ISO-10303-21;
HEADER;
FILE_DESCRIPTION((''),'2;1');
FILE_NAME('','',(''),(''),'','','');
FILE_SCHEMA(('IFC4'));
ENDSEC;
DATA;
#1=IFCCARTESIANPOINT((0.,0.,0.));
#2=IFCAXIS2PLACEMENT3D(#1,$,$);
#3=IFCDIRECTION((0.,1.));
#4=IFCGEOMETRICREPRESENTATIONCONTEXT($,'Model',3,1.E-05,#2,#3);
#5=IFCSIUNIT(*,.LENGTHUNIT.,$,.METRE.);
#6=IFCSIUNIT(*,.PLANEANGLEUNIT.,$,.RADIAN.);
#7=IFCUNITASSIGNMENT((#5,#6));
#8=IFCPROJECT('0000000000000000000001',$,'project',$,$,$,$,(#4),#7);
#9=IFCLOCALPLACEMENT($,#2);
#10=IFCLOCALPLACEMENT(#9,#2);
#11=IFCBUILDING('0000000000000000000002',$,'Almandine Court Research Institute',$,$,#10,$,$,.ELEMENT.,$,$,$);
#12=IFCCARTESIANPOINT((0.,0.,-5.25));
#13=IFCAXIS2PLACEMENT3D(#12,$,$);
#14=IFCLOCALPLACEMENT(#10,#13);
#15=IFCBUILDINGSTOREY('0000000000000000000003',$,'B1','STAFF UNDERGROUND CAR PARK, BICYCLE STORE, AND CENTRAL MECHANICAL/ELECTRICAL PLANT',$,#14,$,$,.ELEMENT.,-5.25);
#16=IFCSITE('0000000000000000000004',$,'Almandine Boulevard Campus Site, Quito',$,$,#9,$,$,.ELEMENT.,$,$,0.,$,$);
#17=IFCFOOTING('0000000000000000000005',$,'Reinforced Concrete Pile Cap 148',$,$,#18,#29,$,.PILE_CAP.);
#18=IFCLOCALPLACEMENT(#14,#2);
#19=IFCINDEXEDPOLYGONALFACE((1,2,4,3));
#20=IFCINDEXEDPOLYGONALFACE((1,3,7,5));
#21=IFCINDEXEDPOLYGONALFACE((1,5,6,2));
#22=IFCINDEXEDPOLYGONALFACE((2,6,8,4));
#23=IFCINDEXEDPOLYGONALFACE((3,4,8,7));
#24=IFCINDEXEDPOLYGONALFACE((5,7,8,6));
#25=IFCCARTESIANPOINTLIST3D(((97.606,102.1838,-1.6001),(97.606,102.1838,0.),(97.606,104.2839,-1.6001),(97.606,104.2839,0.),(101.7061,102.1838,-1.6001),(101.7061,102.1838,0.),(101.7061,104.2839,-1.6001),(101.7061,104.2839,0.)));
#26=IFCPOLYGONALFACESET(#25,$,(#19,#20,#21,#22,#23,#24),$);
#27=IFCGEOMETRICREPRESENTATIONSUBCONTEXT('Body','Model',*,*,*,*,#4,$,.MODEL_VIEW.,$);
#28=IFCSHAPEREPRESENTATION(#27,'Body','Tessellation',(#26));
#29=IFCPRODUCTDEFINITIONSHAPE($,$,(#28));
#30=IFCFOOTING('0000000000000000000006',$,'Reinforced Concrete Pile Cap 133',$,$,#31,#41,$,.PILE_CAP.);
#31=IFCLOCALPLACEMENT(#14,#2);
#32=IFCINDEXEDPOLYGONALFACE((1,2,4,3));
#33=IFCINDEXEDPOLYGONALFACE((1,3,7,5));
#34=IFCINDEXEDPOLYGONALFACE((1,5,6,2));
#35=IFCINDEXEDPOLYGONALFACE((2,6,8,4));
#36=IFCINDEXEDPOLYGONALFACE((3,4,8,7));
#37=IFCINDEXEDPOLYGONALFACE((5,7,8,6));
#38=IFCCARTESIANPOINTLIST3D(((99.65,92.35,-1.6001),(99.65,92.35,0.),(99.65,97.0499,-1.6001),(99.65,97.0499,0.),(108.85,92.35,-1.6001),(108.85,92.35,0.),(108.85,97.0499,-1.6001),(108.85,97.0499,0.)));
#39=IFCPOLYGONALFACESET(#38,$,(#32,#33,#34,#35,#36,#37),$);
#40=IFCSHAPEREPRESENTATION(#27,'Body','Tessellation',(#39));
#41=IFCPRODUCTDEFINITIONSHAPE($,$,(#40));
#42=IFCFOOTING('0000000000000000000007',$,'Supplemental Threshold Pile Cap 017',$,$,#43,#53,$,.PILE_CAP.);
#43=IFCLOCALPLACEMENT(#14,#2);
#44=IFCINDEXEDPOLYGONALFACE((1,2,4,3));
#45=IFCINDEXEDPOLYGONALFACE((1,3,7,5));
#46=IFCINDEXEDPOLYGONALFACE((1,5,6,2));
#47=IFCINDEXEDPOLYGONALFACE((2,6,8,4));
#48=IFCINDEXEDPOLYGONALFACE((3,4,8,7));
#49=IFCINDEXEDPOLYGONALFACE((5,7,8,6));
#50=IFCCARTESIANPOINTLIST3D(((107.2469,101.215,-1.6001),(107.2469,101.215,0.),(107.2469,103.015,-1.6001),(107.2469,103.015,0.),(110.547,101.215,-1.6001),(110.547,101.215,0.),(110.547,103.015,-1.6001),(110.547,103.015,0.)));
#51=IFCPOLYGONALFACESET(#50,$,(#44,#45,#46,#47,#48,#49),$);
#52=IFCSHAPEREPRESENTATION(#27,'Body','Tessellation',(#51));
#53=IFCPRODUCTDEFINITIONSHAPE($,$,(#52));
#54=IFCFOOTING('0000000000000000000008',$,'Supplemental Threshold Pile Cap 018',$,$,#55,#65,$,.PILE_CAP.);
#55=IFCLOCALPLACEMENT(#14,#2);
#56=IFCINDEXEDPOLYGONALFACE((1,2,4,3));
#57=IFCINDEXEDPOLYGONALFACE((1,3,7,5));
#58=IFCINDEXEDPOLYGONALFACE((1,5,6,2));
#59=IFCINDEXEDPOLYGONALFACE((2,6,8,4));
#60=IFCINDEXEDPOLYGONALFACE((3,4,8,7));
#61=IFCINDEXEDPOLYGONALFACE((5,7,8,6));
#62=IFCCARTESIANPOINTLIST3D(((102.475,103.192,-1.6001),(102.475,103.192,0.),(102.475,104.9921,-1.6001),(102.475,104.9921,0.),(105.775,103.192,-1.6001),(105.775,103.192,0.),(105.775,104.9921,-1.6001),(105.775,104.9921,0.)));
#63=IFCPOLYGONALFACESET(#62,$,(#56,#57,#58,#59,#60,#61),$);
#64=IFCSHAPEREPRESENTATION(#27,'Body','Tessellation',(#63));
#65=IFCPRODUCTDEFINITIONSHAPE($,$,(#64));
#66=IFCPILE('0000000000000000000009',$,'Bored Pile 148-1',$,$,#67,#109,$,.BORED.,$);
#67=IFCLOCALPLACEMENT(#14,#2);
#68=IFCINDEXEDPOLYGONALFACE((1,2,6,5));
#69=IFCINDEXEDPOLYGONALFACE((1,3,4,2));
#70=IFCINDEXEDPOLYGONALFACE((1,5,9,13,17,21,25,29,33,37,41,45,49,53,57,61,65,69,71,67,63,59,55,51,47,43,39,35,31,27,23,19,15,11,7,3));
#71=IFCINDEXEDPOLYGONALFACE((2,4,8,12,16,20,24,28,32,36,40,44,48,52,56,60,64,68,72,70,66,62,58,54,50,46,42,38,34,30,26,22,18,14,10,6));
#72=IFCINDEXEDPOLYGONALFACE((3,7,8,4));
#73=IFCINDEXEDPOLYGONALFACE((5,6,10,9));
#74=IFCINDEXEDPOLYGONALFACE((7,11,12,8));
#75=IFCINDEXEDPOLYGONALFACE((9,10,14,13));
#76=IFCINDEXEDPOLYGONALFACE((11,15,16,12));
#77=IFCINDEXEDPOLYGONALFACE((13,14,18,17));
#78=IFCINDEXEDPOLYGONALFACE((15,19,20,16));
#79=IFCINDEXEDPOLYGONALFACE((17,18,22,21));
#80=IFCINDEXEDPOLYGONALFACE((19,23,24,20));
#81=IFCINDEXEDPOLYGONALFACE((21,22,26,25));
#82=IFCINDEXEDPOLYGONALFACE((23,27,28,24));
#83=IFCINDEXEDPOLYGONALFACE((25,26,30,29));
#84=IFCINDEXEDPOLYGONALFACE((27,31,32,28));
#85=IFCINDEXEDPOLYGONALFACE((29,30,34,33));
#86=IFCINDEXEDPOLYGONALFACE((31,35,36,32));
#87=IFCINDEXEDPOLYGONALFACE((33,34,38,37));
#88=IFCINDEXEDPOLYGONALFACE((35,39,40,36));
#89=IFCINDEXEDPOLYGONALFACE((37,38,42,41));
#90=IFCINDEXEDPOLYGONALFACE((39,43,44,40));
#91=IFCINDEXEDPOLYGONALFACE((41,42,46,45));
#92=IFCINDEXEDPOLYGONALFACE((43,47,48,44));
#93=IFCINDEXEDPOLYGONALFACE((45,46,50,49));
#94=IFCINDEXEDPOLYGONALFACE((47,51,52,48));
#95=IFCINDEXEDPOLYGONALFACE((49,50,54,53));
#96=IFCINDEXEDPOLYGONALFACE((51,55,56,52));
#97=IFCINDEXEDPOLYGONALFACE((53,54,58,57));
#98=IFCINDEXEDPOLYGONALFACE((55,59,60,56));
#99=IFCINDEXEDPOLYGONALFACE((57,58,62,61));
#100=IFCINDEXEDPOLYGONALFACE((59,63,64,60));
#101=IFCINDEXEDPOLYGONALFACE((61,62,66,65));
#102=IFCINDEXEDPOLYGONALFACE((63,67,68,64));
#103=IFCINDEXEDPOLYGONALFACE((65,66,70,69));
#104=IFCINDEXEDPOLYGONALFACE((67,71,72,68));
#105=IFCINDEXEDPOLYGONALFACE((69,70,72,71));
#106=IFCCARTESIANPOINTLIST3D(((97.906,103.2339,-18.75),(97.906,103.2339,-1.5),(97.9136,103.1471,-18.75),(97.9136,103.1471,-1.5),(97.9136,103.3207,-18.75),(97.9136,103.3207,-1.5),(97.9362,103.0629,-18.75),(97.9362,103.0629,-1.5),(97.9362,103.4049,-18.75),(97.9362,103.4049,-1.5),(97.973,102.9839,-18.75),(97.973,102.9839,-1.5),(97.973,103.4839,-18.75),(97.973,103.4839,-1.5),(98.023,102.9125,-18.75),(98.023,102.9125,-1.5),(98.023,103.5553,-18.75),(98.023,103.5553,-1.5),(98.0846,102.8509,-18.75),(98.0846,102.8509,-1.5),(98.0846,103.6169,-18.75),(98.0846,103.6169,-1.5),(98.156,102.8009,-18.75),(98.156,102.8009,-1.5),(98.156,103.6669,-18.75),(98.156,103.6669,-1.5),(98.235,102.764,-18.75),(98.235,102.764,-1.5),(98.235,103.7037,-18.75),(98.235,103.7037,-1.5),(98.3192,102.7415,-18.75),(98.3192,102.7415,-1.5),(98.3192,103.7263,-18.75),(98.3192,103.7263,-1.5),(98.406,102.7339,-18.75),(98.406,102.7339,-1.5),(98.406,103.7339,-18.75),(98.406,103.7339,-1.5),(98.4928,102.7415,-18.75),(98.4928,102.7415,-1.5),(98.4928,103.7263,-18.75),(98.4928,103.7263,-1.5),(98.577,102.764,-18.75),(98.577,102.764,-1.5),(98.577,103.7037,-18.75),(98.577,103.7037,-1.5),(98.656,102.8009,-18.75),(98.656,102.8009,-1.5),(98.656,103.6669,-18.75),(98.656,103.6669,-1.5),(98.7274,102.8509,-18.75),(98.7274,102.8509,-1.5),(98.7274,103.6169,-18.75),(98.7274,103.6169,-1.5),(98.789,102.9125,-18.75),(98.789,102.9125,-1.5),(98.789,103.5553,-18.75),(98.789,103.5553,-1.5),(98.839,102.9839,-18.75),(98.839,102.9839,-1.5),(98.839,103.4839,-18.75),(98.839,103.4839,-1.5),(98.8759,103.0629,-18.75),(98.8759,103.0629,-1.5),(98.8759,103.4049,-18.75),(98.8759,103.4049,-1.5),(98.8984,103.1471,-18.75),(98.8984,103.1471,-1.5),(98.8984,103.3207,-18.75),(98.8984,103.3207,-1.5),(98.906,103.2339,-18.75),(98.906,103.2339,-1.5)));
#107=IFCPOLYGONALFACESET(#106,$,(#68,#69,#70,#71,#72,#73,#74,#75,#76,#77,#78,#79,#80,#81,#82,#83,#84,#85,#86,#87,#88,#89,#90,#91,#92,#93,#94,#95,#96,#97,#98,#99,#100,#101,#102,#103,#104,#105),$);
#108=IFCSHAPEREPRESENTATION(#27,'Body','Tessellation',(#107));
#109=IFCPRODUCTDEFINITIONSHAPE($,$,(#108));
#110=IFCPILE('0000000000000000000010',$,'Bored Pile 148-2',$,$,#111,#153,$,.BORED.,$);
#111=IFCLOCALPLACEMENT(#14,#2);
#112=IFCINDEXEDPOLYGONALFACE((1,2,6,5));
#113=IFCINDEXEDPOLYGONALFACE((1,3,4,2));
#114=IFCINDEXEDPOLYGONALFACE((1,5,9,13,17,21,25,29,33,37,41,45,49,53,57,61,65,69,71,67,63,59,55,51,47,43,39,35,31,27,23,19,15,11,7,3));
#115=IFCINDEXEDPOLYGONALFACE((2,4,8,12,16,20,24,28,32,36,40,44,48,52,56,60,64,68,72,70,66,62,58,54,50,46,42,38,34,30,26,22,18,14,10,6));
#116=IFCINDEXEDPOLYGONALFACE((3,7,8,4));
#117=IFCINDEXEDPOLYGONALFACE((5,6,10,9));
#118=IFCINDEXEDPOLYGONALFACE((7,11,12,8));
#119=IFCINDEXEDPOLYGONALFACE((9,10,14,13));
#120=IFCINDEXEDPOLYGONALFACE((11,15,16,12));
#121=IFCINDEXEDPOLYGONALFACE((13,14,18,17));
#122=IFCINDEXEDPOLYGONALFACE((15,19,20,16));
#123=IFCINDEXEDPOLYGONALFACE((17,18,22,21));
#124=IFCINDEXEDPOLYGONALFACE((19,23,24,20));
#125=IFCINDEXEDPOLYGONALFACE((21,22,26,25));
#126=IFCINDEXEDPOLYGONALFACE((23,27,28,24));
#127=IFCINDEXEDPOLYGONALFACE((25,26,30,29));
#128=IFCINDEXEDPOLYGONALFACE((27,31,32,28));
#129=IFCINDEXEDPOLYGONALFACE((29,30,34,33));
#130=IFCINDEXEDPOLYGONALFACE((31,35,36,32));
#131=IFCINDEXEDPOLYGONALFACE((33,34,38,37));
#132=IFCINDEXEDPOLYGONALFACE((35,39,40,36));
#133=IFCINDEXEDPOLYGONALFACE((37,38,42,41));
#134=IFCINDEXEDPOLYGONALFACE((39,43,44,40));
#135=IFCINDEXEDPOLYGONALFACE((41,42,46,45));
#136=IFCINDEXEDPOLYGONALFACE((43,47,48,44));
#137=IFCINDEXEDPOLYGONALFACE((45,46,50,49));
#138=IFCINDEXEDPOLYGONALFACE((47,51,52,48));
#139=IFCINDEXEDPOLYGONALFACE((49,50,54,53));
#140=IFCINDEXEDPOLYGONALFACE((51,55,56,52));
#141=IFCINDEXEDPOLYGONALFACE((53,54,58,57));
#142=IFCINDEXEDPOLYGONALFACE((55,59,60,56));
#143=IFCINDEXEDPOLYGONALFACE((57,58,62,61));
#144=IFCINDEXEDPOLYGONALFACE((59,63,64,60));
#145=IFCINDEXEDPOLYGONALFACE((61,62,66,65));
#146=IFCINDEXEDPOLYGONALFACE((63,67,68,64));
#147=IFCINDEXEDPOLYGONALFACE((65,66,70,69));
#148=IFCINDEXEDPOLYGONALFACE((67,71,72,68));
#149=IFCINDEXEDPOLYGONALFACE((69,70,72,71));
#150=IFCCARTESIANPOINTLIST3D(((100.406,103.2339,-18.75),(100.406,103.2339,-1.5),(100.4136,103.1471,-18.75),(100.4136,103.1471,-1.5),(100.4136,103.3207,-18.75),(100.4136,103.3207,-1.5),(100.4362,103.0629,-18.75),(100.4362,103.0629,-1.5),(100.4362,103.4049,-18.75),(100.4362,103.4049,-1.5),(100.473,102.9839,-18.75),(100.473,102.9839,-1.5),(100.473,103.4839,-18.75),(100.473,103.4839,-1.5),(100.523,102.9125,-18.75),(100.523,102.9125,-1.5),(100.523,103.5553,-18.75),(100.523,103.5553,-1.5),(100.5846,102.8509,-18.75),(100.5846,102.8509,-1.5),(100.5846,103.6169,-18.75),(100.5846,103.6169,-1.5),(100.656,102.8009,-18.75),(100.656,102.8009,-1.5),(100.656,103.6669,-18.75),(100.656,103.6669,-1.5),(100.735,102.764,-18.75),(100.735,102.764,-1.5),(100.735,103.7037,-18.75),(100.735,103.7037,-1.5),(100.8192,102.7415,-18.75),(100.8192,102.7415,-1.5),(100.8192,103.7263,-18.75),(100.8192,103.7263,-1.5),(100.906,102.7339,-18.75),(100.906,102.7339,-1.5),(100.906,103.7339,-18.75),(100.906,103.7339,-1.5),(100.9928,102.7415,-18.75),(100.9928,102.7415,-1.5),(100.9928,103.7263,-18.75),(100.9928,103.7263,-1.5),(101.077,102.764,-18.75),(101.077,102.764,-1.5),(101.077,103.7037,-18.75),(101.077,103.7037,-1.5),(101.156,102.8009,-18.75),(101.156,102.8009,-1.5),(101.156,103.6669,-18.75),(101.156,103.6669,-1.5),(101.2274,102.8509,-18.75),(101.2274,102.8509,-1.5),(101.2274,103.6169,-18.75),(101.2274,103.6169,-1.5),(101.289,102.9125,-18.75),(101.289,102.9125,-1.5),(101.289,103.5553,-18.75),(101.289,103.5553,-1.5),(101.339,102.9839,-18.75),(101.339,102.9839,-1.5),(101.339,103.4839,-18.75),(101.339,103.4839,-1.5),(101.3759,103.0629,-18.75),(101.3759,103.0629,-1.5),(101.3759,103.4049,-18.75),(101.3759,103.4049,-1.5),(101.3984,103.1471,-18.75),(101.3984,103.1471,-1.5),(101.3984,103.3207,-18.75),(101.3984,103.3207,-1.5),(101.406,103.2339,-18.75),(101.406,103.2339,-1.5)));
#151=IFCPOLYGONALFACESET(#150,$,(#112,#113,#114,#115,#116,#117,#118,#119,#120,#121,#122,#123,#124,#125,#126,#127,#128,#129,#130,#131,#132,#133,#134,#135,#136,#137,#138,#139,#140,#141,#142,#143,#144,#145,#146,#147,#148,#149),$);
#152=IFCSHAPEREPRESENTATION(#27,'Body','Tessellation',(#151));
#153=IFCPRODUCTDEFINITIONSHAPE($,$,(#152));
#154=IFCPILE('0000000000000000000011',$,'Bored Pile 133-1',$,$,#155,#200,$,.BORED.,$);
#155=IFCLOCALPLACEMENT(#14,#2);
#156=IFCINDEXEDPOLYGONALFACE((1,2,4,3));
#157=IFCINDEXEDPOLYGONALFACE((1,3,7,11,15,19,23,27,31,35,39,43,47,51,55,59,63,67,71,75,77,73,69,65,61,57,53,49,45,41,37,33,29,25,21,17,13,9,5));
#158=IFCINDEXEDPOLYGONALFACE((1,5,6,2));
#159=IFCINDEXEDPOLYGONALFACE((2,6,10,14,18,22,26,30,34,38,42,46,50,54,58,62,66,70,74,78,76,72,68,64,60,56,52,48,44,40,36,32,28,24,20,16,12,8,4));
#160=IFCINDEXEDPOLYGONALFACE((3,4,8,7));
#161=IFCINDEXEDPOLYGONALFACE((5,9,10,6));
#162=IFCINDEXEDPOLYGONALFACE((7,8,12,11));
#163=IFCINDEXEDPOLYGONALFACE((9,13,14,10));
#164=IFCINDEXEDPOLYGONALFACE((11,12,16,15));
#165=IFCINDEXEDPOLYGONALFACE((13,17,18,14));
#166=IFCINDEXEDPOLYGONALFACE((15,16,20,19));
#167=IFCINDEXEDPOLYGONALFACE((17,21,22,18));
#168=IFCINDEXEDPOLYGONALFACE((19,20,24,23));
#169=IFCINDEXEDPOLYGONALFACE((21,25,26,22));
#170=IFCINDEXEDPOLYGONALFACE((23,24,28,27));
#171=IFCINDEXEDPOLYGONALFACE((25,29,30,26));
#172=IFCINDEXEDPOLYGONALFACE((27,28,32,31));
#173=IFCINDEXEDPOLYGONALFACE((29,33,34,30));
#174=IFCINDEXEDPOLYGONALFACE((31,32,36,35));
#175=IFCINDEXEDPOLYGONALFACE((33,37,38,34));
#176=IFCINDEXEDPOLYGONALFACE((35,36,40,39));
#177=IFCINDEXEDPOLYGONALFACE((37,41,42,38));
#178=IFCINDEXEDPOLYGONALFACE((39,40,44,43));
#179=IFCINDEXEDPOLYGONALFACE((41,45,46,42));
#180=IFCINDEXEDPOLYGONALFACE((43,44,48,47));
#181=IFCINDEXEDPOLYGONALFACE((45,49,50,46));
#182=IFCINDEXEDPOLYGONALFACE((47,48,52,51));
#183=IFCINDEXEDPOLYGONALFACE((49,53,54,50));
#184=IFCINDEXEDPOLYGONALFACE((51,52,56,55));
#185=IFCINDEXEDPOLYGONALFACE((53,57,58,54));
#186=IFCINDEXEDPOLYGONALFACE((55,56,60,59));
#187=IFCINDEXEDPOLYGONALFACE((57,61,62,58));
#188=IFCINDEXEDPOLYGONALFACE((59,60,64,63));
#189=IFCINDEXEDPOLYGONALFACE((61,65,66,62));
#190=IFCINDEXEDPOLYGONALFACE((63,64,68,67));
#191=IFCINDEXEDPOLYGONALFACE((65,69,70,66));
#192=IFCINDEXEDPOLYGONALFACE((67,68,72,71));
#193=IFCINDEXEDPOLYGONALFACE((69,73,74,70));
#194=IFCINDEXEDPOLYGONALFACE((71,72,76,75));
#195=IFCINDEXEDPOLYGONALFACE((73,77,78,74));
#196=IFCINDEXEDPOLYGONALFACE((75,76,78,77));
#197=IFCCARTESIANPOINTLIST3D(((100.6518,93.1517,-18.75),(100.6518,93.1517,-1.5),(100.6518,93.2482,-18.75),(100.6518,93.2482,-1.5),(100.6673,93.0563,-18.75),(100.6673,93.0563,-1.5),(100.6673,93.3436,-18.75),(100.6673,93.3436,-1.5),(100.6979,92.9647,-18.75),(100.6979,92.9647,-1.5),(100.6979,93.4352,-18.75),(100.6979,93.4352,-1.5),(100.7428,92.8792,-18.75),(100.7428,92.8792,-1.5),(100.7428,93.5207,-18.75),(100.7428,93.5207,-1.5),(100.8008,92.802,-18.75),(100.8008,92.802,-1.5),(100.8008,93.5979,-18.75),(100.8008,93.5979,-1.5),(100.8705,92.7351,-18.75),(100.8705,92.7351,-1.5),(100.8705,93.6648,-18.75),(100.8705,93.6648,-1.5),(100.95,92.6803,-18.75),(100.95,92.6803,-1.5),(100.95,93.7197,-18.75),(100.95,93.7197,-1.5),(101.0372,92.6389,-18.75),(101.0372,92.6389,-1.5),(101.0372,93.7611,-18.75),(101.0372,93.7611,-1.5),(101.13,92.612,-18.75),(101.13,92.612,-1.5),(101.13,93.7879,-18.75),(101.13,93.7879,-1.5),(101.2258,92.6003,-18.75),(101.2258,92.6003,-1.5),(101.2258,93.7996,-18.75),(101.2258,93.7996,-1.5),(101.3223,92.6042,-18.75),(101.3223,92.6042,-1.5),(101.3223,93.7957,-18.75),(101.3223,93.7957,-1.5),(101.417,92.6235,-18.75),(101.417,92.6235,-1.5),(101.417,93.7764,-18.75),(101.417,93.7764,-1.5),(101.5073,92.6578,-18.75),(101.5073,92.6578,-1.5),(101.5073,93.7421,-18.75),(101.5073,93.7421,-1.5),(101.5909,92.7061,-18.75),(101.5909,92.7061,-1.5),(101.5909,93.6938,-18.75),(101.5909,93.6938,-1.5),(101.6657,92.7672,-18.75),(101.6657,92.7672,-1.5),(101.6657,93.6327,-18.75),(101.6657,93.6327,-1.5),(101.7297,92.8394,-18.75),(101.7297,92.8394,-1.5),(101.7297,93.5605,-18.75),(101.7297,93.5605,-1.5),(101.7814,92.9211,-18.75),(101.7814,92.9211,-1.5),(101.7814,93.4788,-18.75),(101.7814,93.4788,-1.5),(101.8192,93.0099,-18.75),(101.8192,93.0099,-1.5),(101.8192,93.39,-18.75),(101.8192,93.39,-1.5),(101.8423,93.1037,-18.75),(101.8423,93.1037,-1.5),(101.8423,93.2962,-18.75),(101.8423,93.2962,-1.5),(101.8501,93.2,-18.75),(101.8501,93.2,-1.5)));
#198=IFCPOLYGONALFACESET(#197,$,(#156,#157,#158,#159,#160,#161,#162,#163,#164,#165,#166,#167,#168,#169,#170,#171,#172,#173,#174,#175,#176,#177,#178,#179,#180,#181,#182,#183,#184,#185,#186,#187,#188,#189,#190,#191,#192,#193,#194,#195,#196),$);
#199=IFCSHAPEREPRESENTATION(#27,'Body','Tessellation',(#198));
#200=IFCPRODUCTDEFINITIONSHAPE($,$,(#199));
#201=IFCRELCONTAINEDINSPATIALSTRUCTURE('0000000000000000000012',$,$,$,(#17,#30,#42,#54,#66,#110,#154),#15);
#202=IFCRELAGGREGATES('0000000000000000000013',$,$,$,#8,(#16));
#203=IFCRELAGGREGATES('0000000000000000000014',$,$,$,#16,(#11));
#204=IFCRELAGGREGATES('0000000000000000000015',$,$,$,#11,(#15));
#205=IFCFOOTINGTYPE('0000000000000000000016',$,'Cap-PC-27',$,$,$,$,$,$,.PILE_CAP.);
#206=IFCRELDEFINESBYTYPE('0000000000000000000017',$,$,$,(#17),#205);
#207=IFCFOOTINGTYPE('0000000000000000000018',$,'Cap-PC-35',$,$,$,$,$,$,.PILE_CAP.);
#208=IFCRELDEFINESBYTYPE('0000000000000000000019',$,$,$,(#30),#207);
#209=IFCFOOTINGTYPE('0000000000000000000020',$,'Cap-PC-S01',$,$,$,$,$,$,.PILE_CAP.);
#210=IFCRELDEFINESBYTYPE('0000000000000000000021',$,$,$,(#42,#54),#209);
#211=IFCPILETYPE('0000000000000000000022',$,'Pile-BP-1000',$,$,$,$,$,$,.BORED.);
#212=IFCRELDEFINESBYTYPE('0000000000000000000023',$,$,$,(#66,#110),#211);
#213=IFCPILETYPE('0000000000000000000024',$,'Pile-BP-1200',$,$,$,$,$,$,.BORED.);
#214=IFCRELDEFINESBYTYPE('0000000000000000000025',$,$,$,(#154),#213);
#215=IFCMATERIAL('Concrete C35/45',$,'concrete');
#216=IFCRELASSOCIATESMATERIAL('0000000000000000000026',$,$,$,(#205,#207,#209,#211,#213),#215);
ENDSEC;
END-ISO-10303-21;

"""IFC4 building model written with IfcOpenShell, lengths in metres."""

from ifc_helpers import new_model, si_unit, direction, frame, origin, origin_2d, place, context, subcontext, project, spatial, rectangle, circle, extrude, material, material_profile, profile_set, type_object, element, save


model = new_model("IFC4")

# Units and contexts
model_context = context("Model", 3, precision=1e-05, world=origin(), true_north=direction((0.0, 1.0)))
body_context = subcontext(model_context, "Body", "Model", "MODEL_VIEW")
ifc_project = project(units=[si_unit("LENGTHUNIT", "METRE"), si_unit("PLANEANGLEUNIT", "RADIAN")], contexts=[model_context])

# Site, building, storey
site_placement = place(None, origin())
site = spatial("IfcSite", under=ifc_project, at=site_placement, Name="Almandine Boulevard Campus Site, Quito", CompositionType="ELEMENT", RefElevation=0.0)
building_placement = place(site_placement, origin())
building = spatial("IfcBuilding", under=site, at=building_placement, Name="Almandine Court Research Institute", CompositionType="ELEMENT")
storey_placement = place(building_placement, frame((0.0, 0.0, -5.25)))
storey = spatial("IfcBuildingStorey", under=building, at=storey_placement, Name="B1", Description="STAFF UNDERGROUND CAR PARK, BICYCLE STORE, AND CENTRAL MECHANICAL/ELECTRICAL PLANT", CompositionType="ELEMENT", Elevation=-5.25)

# Footings
ifc_material_1 = material(Name="Concrete C35/45", Category="concrete")
footing_type_1 = type_object("IfcFootingType", Name="Cap-PC-27", PredefinedType="PILE_CAP", material=ifc_material_1)
footing_1_placement = place(storey_placement, frame((99.656, 103.2339, -1.6001), z_axis=(0.0, 0.0, 1.0), x_axis=(1.0, 0.0, 0.0)))
element("IfcFooting", 1, at=footing_1_placement, inside=storey, type_object=footing_type_1, Name="Reinforced Concrete Pile Cap 148", PredefinedType="PILE_CAP", context=body_context, shape_type="SweptSolid", body=[
    extrude(rectangle(XDim=4.1001, YDim=2.1001, at=origin_2d()), origin(), (0.0, 0.0, 1.0), 1.6001),
])
footing_type_2 = type_object("IfcFootingType", Name="Cap-PC-35", PredefinedType="PILE_CAP", material=ifc_material_1)
footing_2_placement = place(storey_placement, frame((104.25, 94.7, -1.6001), z_axis=(0.0, 0.0, 1.0), x_axis=(1.0, 0.0, 0.0)))
element("IfcFooting", 2, at=footing_2_placement, inside=storey, type_object=footing_type_2, Name="Reinforced Concrete Pile Cap 133", PredefinedType="PILE_CAP", context=body_context, shape_type="SweptSolid", body=[
    extrude(rectangle(XDim=9.2, YDim=4.7, at=origin_2d()), origin(), (0.0, 0.0, 1.0), 1.6001),
])
footing_type_3 = type_object("IfcFootingType", Name="Cap-PC-S01", PredefinedType="PILE_CAP", material=ifc_material_1)
for number, where, z_axis, x_axis, name in (
    (3, (108.897, 102.115, -1.6001), (0.0, 0.0, 1.0), (1.0, 0.0, 0.0), "Supplemental Threshold Pile Cap 017"),
    (4, (104.125, 104.092, -1.6001), (0.0, 0.0, 1.0), (1.0, 0.0, 0.0), "Supplemental Threshold Pile Cap 018"),
):
    element("IfcFooting", number, at=place(storey_placement, frame(where, z_axis=z_axis, x_axis=x_axis)), inside=storey, type_object=footing_type_3, Name=name, PredefinedType="PILE_CAP", context=body_context, shape_type="SweptSolid", body=[
        extrude(rectangle(XDim=3.3, YDim=1.8, at=origin_2d()), origin(), (0.0, 0.0, 1.0), 1.6001),
    ])

# Piles
ifc_material_profile_1 = material_profile(ifc_material_1, circle(Radius=0.5, at=origin_2d()), Name="BORED PILE D1000")
ifc_profile_set_1 = profile_set([ifc_material_profile_1], Name="Concrete C35/45")
pile_type_1 = type_object("IfcPileType", Name="Pile-BP-1000", PredefinedType="BORED", material=ifc_profile_set_1)
for number, where, z_axis, x_axis, name in (
    (5, (98.406, 103.2339, -1.5), (0.0, 0.0, -1.0), (1.0, 0.0, 0.0), "Bored Pile 148-1"),
    (6, (100.906, 103.2339, -1.5), (0.0, 0.0, -1.0), (1.0, 0.0, 0.0), "Bored Pile 148-2"),
):
    element("IfcPile", number, at=place(storey_placement, frame(where, z_axis=z_axis, x_axis=x_axis)), inside=storey, type_object=pile_type_1, Name=name, PredefinedType="BORED", context=body_context, shape_type="SweptSolid", body=[
        extrude(circle(Radius=0.5, at=origin_2d()), origin(), (0.0, 0.0, 1.0), 17.25),
    ])
ifc_material_profile_2 = material_profile(ifc_material_1, circle(Radius=0.6001, at=origin_2d()), Name="BORED PILE D1200")
ifc_profile_set_2 = profile_set([ifc_material_profile_2], Name="Concrete C35/45")
pile_type_2 = type_object("IfcPileType", Name="Pile-BP-1200", PredefinedType="BORED", material=ifc_profile_set_2)
for number, where, z_axis, x_axis, name in (
    (7, (101.25, 93.2, -1.5), (0.0, 0.0, -1.0), (1.0, 0.0, 0.0), "Bored Pile 133-1"),
):
    element("IfcPile", number, at=place(storey_placement, frame(where, z_axis=z_axis, x_axis=x_axis)), inside=storey, type_object=pile_type_2, Name=name, PredefinedType="BORED", context=body_context, shape_type="SweptSolid", body=[
        extrude(circle(Radius=0.6001, at=origin_2d()), origin(), (0.0, 0.0, 1.0), 17.25),
    ])

save(model, "model.ifc")
